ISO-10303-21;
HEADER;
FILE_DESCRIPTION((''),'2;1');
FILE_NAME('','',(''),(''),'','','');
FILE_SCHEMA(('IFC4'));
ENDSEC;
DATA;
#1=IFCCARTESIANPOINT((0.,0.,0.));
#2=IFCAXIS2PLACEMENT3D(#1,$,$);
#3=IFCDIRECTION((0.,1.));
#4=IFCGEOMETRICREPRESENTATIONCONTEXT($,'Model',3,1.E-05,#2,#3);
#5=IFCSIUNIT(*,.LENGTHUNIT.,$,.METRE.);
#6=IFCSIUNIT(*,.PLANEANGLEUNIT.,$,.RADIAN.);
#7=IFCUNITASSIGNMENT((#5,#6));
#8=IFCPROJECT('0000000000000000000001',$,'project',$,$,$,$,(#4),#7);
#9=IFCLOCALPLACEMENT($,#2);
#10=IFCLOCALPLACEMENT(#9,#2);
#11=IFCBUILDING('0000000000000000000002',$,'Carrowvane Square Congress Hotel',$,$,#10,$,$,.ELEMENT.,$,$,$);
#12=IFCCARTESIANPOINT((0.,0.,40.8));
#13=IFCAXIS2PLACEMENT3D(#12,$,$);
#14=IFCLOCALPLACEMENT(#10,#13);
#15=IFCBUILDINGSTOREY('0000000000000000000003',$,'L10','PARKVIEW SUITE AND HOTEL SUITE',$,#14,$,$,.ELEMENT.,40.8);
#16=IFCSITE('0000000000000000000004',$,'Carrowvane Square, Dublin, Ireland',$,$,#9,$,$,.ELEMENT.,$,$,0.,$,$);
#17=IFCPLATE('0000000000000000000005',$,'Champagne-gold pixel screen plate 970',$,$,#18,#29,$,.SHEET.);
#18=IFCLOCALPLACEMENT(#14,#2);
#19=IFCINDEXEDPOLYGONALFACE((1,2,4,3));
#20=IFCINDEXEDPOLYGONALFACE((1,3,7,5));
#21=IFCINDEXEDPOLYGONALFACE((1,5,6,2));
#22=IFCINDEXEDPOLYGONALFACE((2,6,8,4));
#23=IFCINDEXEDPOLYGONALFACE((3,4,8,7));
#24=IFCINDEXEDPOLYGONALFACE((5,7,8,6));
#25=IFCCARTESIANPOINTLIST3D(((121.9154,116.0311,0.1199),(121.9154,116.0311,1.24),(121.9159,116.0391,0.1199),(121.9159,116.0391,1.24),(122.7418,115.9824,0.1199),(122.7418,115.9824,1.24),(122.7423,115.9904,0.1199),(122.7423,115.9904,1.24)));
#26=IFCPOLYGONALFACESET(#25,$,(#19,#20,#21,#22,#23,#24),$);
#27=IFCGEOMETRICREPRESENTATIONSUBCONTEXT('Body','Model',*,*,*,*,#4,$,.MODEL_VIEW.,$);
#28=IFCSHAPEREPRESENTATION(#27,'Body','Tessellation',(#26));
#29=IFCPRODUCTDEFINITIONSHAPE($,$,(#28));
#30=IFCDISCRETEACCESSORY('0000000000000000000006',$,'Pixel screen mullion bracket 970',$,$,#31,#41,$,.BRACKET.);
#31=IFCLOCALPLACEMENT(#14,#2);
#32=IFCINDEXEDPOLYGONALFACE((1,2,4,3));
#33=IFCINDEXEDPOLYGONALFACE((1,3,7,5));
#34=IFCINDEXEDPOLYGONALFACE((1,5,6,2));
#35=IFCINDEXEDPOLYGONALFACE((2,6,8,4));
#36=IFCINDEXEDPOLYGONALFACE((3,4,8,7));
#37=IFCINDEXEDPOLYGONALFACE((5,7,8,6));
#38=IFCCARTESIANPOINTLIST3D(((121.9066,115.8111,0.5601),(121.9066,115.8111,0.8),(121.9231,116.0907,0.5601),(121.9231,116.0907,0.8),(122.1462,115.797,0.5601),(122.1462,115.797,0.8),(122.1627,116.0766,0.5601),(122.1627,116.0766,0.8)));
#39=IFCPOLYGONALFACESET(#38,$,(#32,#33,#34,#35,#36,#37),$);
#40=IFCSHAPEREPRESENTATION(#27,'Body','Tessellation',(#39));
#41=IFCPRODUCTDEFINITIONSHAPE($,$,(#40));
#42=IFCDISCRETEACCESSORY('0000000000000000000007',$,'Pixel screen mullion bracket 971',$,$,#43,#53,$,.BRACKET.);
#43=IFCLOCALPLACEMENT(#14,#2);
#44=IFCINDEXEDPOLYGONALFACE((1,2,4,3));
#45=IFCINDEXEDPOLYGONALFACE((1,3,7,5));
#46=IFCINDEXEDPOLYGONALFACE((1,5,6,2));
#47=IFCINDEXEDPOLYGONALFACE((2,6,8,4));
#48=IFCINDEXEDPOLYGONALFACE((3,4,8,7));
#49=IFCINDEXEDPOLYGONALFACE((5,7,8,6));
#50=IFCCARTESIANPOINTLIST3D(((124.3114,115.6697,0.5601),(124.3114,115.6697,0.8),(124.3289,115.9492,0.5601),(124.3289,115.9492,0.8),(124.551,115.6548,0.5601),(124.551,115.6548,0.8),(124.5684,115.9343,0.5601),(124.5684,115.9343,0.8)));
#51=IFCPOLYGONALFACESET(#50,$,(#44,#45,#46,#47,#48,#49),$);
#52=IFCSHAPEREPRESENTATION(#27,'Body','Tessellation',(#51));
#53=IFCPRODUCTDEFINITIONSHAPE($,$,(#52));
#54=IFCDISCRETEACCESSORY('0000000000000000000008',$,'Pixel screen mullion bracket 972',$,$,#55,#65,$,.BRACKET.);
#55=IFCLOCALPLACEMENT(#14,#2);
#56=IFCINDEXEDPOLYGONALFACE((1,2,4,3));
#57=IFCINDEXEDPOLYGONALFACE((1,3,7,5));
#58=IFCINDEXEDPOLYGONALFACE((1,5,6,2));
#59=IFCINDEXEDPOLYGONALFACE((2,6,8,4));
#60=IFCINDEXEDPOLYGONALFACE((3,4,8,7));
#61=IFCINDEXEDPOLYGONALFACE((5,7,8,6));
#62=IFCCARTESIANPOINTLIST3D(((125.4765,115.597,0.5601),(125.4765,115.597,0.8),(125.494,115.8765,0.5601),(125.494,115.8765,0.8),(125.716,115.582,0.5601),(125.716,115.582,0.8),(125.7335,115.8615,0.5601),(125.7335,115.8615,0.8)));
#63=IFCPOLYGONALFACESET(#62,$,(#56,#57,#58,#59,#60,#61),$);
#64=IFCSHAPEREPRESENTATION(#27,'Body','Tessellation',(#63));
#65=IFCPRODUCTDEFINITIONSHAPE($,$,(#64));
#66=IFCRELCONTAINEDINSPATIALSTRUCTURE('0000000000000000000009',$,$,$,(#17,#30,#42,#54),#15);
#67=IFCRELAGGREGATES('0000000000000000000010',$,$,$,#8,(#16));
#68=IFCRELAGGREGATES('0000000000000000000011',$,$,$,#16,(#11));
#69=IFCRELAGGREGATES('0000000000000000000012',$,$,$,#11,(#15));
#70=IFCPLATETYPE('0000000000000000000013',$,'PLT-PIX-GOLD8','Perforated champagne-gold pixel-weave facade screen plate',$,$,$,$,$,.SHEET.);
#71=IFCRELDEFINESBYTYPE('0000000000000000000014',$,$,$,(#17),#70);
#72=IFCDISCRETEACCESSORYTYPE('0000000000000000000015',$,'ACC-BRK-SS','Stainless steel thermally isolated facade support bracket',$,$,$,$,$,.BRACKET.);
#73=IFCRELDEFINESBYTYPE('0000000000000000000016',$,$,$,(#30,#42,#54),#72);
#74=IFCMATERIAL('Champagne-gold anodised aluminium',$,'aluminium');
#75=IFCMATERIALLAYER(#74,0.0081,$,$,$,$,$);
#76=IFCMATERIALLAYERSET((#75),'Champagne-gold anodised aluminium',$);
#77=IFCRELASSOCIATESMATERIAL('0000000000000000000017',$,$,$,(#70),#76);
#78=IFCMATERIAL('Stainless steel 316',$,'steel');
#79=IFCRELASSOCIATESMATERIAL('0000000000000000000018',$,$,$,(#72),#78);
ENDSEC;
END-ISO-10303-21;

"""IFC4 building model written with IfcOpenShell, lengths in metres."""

from ifc_helpers import new_model, si_unit, direction, frame, origin, origin_2d, place, context, subcontext, project, spatial, rectangle, extrude, material, layer, layer_set, type_object, element, save


model = new_model("IFC4")

# Units and contexts
model_context = context("Model", 3, precision=1e-05, world=origin(), true_north=direction((0.0, 1.0)))
body_context = subcontext(model_context, "Body", "Model", "MODEL_VIEW")
ifc_project = project(units=[si_unit("LENGTHUNIT", "METRE"), si_unit("PLANEANGLEUNIT", "RADIAN")], contexts=[model_context])

# Site, building, storey
site_placement = place(None, origin())
site = spatial("IfcSite", under=ifc_project, at=site_placement, Name="Carrowvane Square, Dublin, Ireland", CompositionType="ELEMENT", RefElevation=0.0)
building_placement = place(site_placement, origin())
building = spatial("IfcBuilding", under=site, at=building_placement, Name="Carrowvane Square Congress Hotel", CompositionType="ELEMENT")
storey_placement = place(building_placement, frame((0.0, 0.0, 40.8)))
storey = spatial("IfcBuildingStorey", under=building, at=storey_placement, Name="L10", Description="PARKVIEW SUITE AND HOTEL SUITE", CompositionType="ELEMENT", Elevation=40.8)

# Plate
ifc_material_1 = material(Name="Champagne-gold anodised aluminium", Category="aluminium")
ifc_layer_1 = layer(ifc_material_1, 0.0081)
ifc_layer_set_1 = layer_set([ifc_layer_1], Name="Champagne-gold anodised aluminium")
plate_type_1 = type_object("IfcPlateType", Name="PLT-PIX-GOLD8", Description="Perforated champagne-gold pixel-weave facade screen plate", PredefinedType="SHEET", material=ifc_layer_set_1)
plate_1_placement = place(storey_placement, frame((122.3289, 116.0107, 0.1199), z_axis=(0.0, 0.0, 1.0), x_axis=(0.998267, -0.058852, 0.0)))
element("IfcPlate", 1, at=plate_1_placement, inside=storey, type_object=plate_type_1, Name="Champagne-gold pixel screen plate 970", PredefinedType="SHEET", context=body_context, shape_type="SweptSolid", body=[
    extrude(rectangle(XDim=0.8279, YDim=0.0081, at=origin_2d()), origin(), (0.0, 0.0, 1.0), 1.1201),
])

# Discrete accessories
ifc_material_2 = material(Name="Stainless steel 316", Category="steel")
discrete_accessory_type = type_object("IfcDiscreteAccessoryType", Name="ACC-BRK-SS", Description="Stainless steel thermally isolated facade support bracket", PredefinedType="BRACKET", material=ifc_material_2)
for number, where, z_axis, x_axis, name in (
    (2, (122.0347, 115.9438, 0.5601), (0.0, 0.0, 1.0), (0.998267, -0.058852, 0.0), "Pixel screen mullion bracket 970"),
    (3, (124.4399, 115.802, 0.5601), (0.0, 0.0, 1.0), (0.998051, -0.062397, 0.0), "Pixel screen mullion bracket 971"),
    (4, (125.605, 115.7292, 0.5601), (0.0, 0.0, 1.0), (0.998051, -0.062397, 0.0), "Pixel screen mullion bracket 972"),
):
    element("IfcDiscreteAccessory", number, at=place(storey_placement, frame(where, z_axis=z_axis, x_axis=x_axis)), inside=storey, type_object=discrete_accessory_type, Name=name, PredefinedType="BRACKET", context=body_context, shape_type="SweptSolid", body=[
        extrude(rectangle(XDim=0.24, YDim=0.28, at=origin_2d()), origin(), (0.0, 0.0, 1.0), 0.24),
    ])

save(model, "model.ifc")
